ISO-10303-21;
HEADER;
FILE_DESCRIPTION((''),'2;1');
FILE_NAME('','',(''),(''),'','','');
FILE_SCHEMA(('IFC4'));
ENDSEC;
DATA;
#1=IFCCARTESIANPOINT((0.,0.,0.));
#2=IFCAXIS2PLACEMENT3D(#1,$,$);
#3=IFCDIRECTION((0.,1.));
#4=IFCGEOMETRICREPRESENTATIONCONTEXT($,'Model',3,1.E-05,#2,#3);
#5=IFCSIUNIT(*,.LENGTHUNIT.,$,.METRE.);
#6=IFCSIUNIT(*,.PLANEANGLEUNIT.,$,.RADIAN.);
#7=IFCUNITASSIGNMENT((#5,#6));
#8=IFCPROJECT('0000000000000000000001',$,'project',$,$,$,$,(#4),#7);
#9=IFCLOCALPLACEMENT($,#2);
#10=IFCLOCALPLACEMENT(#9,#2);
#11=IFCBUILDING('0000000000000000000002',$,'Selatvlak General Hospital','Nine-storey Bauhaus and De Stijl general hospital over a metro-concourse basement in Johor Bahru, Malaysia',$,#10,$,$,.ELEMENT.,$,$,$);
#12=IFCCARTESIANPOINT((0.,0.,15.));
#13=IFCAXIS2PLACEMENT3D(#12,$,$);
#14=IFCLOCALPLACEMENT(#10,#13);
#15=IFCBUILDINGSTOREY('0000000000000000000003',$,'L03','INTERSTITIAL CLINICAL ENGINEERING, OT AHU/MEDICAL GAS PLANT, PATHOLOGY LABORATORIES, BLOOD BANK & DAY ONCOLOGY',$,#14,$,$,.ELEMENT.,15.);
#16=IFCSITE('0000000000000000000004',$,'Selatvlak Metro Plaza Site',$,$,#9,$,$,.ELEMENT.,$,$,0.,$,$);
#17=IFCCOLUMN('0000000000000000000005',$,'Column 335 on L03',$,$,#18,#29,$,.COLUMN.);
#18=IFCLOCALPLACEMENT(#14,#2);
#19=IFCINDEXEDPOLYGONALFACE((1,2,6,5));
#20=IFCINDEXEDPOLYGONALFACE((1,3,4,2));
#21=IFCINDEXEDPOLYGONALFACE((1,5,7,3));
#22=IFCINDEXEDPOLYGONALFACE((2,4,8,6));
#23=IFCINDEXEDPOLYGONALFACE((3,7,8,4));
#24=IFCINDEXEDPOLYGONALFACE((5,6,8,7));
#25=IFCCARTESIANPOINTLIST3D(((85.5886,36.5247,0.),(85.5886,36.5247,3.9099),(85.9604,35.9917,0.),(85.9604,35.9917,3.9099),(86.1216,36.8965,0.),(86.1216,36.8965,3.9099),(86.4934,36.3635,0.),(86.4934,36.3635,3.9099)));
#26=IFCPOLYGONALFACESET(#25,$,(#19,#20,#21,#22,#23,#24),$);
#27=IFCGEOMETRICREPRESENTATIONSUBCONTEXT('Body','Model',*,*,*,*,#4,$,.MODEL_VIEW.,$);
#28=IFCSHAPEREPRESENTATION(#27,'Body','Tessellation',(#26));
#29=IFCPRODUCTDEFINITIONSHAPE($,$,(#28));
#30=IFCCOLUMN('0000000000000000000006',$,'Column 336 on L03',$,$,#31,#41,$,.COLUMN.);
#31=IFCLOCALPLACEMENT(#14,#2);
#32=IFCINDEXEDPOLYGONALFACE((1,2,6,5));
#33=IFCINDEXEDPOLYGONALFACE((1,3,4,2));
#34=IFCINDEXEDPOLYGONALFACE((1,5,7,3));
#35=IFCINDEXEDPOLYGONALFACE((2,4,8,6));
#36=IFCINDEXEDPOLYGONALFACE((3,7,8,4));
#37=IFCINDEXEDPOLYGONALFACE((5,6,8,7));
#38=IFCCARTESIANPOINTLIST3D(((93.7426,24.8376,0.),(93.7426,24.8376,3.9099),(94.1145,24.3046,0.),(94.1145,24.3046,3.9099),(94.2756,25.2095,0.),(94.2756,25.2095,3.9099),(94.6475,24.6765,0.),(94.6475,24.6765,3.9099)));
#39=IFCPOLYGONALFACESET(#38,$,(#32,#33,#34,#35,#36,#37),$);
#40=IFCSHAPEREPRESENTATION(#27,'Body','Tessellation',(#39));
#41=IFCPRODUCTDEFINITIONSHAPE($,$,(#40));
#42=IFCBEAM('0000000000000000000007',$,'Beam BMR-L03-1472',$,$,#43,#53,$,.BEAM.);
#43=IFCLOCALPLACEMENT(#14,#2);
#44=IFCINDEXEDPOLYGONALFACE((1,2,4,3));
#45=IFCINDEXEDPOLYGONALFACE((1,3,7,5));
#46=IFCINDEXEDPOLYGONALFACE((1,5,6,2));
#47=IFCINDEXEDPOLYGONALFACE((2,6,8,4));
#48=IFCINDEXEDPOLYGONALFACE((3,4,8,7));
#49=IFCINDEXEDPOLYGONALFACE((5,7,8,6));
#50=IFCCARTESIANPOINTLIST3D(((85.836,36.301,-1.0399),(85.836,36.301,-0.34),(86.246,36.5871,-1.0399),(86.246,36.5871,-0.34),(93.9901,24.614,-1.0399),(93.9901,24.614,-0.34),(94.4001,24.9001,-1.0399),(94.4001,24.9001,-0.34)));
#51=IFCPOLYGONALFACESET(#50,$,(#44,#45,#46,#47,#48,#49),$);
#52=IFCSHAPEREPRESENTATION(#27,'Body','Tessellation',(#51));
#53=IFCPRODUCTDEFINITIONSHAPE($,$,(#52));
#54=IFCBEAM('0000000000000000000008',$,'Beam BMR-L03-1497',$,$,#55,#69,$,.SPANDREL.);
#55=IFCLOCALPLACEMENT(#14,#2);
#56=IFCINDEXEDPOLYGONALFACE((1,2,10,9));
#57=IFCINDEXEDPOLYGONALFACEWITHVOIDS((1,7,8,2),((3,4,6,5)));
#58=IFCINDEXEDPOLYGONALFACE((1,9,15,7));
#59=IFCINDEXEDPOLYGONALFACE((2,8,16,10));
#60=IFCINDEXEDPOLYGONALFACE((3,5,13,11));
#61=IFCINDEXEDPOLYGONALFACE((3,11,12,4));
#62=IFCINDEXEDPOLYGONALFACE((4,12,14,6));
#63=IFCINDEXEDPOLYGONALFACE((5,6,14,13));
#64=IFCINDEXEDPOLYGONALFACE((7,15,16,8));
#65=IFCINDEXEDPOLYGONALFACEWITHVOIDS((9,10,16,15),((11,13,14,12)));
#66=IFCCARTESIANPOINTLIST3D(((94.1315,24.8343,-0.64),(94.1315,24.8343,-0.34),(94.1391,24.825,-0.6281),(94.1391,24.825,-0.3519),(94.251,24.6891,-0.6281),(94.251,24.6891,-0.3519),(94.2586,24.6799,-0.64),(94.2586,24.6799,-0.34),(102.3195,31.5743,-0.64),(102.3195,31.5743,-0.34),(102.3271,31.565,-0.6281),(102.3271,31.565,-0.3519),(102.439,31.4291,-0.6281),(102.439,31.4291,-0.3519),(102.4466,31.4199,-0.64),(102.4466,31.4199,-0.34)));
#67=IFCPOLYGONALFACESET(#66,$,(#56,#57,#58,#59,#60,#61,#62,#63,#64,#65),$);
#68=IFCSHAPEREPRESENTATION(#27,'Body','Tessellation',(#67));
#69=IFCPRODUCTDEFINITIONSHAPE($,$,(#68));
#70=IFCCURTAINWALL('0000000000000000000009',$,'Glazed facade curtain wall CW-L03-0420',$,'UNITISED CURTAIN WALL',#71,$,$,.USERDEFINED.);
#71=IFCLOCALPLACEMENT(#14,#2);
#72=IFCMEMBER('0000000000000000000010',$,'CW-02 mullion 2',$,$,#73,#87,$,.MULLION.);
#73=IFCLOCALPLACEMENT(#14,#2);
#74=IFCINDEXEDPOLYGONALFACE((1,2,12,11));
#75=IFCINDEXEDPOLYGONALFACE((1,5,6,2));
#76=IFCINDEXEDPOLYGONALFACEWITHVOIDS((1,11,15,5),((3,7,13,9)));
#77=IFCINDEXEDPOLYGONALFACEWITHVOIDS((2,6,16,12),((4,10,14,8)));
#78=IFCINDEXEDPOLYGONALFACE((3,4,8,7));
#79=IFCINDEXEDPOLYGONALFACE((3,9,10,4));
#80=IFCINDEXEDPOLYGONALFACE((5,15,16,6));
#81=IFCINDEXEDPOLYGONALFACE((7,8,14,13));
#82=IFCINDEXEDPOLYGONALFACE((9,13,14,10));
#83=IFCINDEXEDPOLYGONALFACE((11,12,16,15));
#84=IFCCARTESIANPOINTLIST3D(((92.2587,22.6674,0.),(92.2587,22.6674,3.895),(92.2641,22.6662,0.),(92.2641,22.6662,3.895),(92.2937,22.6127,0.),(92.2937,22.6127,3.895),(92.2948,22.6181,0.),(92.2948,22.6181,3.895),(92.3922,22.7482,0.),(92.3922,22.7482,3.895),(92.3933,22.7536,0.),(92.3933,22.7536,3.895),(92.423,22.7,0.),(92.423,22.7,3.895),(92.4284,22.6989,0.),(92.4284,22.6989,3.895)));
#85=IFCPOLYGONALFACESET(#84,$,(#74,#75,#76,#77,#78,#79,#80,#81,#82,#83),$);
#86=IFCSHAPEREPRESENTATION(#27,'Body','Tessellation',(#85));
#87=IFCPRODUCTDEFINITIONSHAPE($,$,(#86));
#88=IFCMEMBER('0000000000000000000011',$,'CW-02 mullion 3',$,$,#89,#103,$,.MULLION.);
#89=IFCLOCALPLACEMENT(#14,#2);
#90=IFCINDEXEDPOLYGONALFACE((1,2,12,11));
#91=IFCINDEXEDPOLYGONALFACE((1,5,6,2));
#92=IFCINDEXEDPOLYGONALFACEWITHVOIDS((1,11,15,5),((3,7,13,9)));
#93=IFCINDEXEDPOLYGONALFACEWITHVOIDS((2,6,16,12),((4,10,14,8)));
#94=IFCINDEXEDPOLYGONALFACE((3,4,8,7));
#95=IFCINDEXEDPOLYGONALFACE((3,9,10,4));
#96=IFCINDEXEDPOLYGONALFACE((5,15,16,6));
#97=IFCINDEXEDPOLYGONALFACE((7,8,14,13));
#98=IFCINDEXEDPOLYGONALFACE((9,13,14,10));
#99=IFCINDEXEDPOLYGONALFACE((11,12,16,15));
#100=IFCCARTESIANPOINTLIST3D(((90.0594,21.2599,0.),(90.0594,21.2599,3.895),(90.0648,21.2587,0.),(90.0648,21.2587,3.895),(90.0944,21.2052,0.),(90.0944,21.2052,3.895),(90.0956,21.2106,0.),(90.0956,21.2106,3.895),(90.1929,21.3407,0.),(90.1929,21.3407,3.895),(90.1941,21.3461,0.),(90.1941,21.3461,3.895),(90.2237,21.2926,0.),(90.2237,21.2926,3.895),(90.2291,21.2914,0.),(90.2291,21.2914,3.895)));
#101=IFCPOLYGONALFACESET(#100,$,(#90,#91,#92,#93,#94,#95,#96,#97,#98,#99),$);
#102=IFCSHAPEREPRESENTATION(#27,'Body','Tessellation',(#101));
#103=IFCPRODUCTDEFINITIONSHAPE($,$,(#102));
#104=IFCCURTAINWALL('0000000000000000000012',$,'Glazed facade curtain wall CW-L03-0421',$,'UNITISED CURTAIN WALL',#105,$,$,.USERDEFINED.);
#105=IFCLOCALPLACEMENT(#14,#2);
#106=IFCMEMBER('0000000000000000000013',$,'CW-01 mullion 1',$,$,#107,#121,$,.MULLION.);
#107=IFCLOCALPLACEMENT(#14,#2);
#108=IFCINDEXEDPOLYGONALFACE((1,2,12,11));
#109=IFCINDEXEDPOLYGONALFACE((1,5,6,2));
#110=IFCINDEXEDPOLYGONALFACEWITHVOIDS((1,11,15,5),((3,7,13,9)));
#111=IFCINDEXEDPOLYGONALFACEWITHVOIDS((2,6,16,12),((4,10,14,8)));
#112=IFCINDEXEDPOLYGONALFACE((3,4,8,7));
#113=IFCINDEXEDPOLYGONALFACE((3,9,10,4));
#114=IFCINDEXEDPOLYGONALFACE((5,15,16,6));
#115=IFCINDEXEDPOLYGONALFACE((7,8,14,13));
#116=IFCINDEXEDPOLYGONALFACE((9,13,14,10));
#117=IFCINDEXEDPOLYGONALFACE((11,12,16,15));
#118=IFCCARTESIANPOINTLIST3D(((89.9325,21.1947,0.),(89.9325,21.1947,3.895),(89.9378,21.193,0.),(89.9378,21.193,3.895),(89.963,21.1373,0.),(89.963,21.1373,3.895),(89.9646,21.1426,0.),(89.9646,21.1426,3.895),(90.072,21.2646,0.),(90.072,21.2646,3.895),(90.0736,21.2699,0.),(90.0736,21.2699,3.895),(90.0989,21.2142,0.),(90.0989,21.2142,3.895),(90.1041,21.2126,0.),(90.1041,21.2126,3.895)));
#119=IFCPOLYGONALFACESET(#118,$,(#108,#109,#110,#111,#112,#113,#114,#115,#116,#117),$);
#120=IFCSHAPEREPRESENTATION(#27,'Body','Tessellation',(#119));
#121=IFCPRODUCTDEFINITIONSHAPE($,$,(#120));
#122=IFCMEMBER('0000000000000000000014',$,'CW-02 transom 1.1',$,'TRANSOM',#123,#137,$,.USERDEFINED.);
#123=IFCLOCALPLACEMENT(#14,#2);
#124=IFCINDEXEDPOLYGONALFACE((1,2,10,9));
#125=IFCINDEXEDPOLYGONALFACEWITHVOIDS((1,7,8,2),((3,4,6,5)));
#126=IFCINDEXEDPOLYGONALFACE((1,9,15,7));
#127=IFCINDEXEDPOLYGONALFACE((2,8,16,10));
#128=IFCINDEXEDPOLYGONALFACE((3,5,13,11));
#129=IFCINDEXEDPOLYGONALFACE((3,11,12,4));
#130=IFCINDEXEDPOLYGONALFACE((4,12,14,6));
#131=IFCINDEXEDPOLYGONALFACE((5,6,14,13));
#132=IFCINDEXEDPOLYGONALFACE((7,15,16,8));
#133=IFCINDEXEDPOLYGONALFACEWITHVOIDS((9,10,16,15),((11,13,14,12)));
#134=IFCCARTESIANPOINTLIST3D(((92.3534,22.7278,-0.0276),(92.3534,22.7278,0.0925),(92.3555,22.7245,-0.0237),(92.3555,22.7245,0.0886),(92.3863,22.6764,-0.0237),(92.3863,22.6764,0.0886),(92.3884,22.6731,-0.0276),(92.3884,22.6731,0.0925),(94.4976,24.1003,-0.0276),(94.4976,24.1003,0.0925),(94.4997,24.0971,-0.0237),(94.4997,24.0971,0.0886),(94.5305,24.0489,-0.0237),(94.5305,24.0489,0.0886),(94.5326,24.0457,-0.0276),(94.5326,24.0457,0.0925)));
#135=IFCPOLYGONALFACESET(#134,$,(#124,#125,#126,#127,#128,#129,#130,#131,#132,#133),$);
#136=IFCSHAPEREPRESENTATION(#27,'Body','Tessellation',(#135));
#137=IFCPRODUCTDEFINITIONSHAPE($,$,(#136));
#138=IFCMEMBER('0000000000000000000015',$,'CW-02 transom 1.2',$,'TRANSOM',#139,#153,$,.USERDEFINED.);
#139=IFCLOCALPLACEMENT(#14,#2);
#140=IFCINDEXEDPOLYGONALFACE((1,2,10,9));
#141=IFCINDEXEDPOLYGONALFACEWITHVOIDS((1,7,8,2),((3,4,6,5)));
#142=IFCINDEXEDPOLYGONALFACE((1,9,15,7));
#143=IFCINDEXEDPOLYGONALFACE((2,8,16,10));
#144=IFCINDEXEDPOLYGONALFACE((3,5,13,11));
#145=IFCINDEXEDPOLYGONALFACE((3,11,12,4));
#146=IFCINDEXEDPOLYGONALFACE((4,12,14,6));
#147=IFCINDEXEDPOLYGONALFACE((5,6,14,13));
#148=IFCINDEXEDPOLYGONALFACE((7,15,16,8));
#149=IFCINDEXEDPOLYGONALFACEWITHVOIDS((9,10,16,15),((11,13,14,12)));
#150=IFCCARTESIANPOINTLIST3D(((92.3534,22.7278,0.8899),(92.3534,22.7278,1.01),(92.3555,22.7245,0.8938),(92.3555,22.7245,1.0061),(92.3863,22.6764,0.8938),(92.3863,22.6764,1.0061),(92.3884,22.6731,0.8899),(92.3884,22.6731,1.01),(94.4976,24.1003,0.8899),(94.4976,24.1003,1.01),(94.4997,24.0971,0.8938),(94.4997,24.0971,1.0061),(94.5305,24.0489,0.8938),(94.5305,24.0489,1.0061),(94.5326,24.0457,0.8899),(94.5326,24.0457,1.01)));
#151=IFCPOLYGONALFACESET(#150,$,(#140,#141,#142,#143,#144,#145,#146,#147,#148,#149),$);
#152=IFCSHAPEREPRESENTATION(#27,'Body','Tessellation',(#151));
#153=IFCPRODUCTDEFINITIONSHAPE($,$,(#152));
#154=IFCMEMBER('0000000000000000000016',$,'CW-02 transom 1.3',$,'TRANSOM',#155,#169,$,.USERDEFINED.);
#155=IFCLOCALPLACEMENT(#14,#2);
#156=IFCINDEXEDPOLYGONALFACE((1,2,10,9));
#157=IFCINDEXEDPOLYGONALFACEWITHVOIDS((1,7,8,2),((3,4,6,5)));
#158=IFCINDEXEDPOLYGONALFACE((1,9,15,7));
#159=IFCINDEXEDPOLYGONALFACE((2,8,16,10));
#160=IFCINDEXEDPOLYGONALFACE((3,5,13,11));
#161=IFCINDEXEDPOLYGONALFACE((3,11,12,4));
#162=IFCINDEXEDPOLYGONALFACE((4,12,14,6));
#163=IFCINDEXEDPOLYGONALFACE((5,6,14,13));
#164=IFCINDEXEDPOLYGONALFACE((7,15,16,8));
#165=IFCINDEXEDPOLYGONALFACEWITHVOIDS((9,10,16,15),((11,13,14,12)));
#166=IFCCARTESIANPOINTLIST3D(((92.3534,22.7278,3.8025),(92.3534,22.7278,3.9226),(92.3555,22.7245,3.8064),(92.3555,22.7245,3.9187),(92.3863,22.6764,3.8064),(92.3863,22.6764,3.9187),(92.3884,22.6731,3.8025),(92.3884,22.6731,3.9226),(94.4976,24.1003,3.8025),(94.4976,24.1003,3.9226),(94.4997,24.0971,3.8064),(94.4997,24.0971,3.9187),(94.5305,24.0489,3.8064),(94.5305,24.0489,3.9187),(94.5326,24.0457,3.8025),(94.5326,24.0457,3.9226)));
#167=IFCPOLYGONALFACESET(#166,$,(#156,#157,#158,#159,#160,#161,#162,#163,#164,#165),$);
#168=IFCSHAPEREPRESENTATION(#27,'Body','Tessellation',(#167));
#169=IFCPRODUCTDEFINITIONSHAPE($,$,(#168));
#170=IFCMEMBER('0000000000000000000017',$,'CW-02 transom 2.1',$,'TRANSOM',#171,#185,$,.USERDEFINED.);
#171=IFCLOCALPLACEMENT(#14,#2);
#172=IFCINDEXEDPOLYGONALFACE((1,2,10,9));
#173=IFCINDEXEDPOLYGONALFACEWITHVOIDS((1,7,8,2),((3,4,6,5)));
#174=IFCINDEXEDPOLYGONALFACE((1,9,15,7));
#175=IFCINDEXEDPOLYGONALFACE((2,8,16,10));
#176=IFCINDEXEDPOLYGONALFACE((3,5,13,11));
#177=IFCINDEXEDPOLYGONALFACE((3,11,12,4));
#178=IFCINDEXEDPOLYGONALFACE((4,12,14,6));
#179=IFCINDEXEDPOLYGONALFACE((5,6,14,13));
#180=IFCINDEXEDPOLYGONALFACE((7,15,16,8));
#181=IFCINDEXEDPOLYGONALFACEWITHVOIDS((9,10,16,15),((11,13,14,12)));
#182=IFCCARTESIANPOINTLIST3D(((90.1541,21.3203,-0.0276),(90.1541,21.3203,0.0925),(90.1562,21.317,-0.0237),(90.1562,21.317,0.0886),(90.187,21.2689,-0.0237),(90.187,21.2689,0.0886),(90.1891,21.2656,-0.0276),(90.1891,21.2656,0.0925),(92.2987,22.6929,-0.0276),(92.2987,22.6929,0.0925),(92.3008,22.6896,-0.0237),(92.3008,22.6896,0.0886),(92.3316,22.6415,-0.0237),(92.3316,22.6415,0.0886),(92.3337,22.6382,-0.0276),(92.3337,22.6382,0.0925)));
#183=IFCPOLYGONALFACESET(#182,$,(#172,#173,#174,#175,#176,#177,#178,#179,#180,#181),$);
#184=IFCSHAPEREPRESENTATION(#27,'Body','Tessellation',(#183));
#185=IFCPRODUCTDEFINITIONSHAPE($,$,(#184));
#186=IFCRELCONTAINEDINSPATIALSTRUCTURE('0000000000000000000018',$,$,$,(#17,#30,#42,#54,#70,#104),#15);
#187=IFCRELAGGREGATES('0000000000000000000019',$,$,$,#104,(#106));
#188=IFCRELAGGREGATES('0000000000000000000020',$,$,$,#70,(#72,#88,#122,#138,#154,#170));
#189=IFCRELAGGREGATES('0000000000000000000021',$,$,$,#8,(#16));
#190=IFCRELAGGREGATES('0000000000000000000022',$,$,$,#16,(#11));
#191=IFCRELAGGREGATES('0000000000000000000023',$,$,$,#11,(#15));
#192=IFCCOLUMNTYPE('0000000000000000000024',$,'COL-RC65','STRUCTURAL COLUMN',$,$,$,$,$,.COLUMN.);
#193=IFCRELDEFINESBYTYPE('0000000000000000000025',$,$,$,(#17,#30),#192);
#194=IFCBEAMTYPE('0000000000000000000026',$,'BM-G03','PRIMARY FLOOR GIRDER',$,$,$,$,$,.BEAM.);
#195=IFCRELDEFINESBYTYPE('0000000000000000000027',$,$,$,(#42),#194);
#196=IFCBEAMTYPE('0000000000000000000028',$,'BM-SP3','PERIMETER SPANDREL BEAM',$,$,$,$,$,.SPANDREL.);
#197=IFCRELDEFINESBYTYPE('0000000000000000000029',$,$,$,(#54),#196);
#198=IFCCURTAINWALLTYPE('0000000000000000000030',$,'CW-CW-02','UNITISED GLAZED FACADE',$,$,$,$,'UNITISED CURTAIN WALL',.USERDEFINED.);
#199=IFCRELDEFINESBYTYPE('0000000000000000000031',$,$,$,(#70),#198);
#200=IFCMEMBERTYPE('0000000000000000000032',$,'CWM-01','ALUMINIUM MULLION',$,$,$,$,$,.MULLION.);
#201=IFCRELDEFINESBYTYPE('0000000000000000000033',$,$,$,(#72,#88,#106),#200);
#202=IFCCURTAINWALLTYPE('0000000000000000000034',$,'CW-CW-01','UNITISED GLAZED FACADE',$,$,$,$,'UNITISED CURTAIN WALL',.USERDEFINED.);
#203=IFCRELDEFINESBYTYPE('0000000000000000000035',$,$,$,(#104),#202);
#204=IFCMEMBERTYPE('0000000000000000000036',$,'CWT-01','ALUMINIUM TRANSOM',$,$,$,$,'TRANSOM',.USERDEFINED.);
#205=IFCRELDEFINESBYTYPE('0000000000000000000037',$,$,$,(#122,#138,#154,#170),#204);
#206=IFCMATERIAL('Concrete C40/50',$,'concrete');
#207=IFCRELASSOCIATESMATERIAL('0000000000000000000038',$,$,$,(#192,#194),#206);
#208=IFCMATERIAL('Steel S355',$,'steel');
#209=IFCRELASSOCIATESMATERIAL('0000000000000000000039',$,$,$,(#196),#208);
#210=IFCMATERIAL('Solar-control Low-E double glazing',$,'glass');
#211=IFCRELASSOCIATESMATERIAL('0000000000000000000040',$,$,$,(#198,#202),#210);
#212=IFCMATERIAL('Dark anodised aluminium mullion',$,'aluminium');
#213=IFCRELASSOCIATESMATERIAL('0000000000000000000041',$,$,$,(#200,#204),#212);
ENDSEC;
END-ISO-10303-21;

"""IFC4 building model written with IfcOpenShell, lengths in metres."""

from ifc_helpers import new_model, si_unit, direction, frame, origin, origin_2d, place, context, subcontext, project, spatial, rectangle, hollow_rectangle, extrude, material, material_profile, profile_set, type_object, element, aggregate, save


model = new_model("IFC4")

# Units and contexts
model_context = context("Model", 3, precision=1e-05, world=origin(), true_north=direction((0.0, 1.0)))
body_context = subcontext(model_context, "Body", "Model", "MODEL_VIEW")
ifc_project = project(units=[si_unit("LENGTHUNIT", "METRE"), si_unit("PLANEANGLEUNIT", "RADIAN")], contexts=[model_context])

# Site, building, storey
site_placement = place(None, origin())
site = spatial("IfcSite", under=ifc_project, at=site_placement, Name="Selatvlak Metro Plaza Site", CompositionType="ELEMENT", RefElevation=0.0)
building_placement = place(site_placement, origin())
building = spatial("IfcBuilding", under=site, at=building_placement, Name="Selatvlak General Hospital", Description="Nine-storey Bauhaus and De Stijl general hospital over a metro-concourse basement in Johor Bahru, Malaysia", CompositionType="ELEMENT")
storey_placement = place(building_placement, frame((0.0, 0.0, 15.0)))
storey = spatial("IfcBuildingStorey", under=building, at=storey_placement, Name="L03", Description="INTERSTITIAL CLINICAL ENGINEERING, OT AHU/MEDICAL GAS PLANT, PATHOLOGY LABORATORIES, BLOOD BANK & DAY ONCOLOGY", CompositionType="ELEMENT", Elevation=15.0)

# Columns
ifc_material_1 = material(Name="Concrete C40/50", Category="concrete")
ifc_material_profile_1 = material_profile(ifc_material_1, rectangle(XDim=0.6499, YDim=0.6499, at=origin_2d()), Name="RC-COL 650x650")
ifc_profile_set_1 = profile_set([ifc_material_profile_1], Name="Concrete C40/50")
column_type = type_object("IfcColumnType", Name="COL-RC65", Description="STRUCTURAL COLUMN", PredefinedType="COLUMN", material=ifc_profile_set_1)
for number, where, z_axis, x_axis, name in (
    (1, (86.041, 36.4441, 0.0), (0.0, 0.0, 1.0), (-0.572189, 0.820122, 0.0), "Column 335 on L03"),
    (2, (94.1951, 24.7571, 0.0), (0.0, 0.0, 1.0), (-0.572189, 0.820122, 0.0), "Column 336 on L03"),
):
    element("IfcColumn", number, at=place(storey_placement, frame(where, z_axis=z_axis, x_axis=x_axis)), inside=storey, type_object=column_type, Name=name, PredefinedType="COLUMN", context=body_context, shape_type="SweptSolid", body=[
        extrude(rectangle(XDim=0.6499, YDim=0.6499, at=origin_2d()), origin(), (0.0, 0.0, 1.0), 3.9099),
    ])

# Beams
ifc_material_profile_2 = material_profile(ifc_material_1, rectangle(XDim=0.5, YDim=0.7, at=origin_2d()), Name="RC-BM 500x700")
ifc_profile_set_2 = profile_set([ifc_material_profile_2], Name="Concrete C40/50")
beam_type_1 = type_object("IfcBeamType", Name="BM-G03", Description="PRIMARY FLOOR GIRDER", PredefinedType="BEAM", material=ifc_profile_set_2)
beam_1_placement = place(storey_placement, frame((86.041, 36.4441, -0.6899), z_axis=(0.572197, -0.820116, 0.0), x_axis=(0.820116, 0.572197, 0.0)))
element("IfcBeam", 3, at=beam_1_placement, inside=storey, type_object=beam_type_1, Name="Beam BMR-L03-1472", PredefinedType="BEAM", context=body_context, shape_type="SweptSolid", body=[
    extrude(rectangle(XDim=0.5, YDim=0.7, at=origin_2d()), origin(), (0.0, 0.0, 1.0), 14.2505),
])
ifc_material_2 = material(Name="Steel S355", Category="steel")
ifc_material_profile_3 = material_profile(ifc_material_2, hollow_rectangle(XDim=0.2, YDim=0.3, WallThickness=0.012, at=origin_2d()), Name="RHS 300x200x12")
ifc_profile_set_3 = profile_set([ifc_material_profile_3], Name="Steel S355")
beam_type_2 = type_object("IfcBeamType", Name="BM-SP3", Description="PERIMETER SPANDREL BEAM", PredefinedType="SPANDREL", material=ifc_profile_set_3)
beam_2_placement = place(storey_placement, frame((94.1951, 24.7571, -0.49), z_axis=(0.772072, 0.635535, 0.0), x_axis=(-0.635535, 0.772072, 0.0)))
element("IfcBeam", 4, at=beam_2_placement, inside=storey, type_object=beam_type_2, Name="Beam BMR-L03-1497", PredefinedType="SPANDREL", context=body_context, shape_type="SweptSolid", body=[
    extrude(hollow_rectangle(XDim=0.2, YDim=0.3, WallThickness=0.012, at=origin_2d()), origin(), (0.0, 0.0, 1.0), 10.6052),
])

# Curtain wall, members
ifc_material_3 = material(Name="Solar-control Low-E double glazing", Category="glass")
curtain_wall_type_1 = type_object("IfcCurtainWallType", Name="CW-CW-02", Description="UNITISED GLAZED FACADE", ElementType="UNITISED CURTAIN WALL", PredefinedType="USERDEFINED", material=ifc_material_3)
curtain_wall_1_placement = place(storey_placement, origin())
curtain_wall_1 = element("IfcCurtainWall", 5, at=curtain_wall_1_placement, inside=storey, type_object=curtain_wall_type_1, Name="Glazed facade curtain wall CW-L03-0420", ObjectType="UNITISED CURTAIN WALL", PredefinedType="USERDEFINED")
ifc_material_4 = material(Name="Dark anodised aluminium mullion", Category="aluminium")
ifc_material_profile_4 = material_profile(ifc_material_4, hollow_rectangle(XDim=0.0649, YDim=0.1599, WallThickness=0.0039, at=origin_2d()), Name="AL-MUL 65x160x4")
ifc_profile_set_4 = profile_set([ifc_material_profile_4], Name="Dark anodised aluminium mullion")
member_type_1 = type_object("IfcMemberType", Name="CWM-01", Description="ALUMINIUM MULLION", PredefinedType="MULLION", material=ifc_profile_set_4)
member_1_placement = place(storey_placement, frame((92.3435, 22.6831, 0.0), z_axis=(0.0, 0.0, 1.0), x_axis=(0.539064, -0.842265, 0.0)))
member_1 = element("IfcMember", 6, at=member_1_placement, type_object=member_type_1, Name="CW-02 mullion 2", PredefinedType="MULLION", context=body_context, shape_type="SweptSolid", body=[
    extrude(hollow_rectangle(XDim=0.0649, YDim=0.1599, WallThickness=0.0039, at=origin_2d()), origin(), (0.0, 0.0, 1.0), 3.895),
])
member_2_placement = place(storey_placement, frame((90.1443, 21.2756, 0.0), z_axis=(0.0, 0.0, 1.0), x_axis=(0.539064, -0.842265, 0.0)))
member_2 = element("IfcMember", 7, at=member_2_placement, type_object=member_type_1, Name="CW-02 mullion 3", PredefinedType="MULLION", context=body_context, shape_type="SweptSolid", body=[
    extrude(hollow_rectangle(XDim=0.0649, YDim=0.1599, WallThickness=0.0039, at=origin_2d()), origin(), (0.0, 0.0, 1.0), 3.895),
])

# Curtain wall, member
curtain_wall_type_2 = type_object("IfcCurtainWallType", Name="CW-CW-01", Description="UNITISED GLAZED FACADE", ElementType="UNITISED CURTAIN WALL", PredefinedType="USERDEFINED", material=ifc_material_3)
curtain_wall_2_placement = place(storey_placement, origin())
curtain_wall_2 = element("IfcCurtainWall", 8, at=curtain_wall_2_placement, inside=storey, type_object=curtain_wall_type_2, Name="Glazed facade curtain wall CW-L03-0421", ObjectType="UNITISED CURTAIN WALL", PredefinedType="USERDEFINED")
member_3_placement = place(storey_placement, frame((90.0183, 21.2036, 0.0), z_axis=(0.0, 0.0, 1.0), x_axis=(0.470451, -0.882426, 0.0)))
member_3 = element("IfcMember", 9, at=member_3_placement, type_object=member_type_1, Name="CW-01 mullion 1", PredefinedType="MULLION", context=body_context, shape_type="SweptSolid", body=[
    extrude(hollow_rectangle(XDim=0.0649, YDim=0.1599, WallThickness=0.0039, at=origin_2d()), origin(), (0.0, 0.0, 1.0), 3.895),
])

# Members
ifc_material_profile_5 = material_profile(ifc_material_4, hollow_rectangle(XDim=0.0649, YDim=0.1201, WallThickness=0.0039, at=origin_2d()), Name="AL-TRN 65x120x4")
ifc_profile_set_5 = profile_set([ifc_material_profile_5], Name="Dark anodised aluminium mullion")
member_type_2 = type_object("IfcMemberType", Name="CWT-01", Description="ALUMINIUM TRANSOM", ElementType="TRANSOM", PredefinedType="USERDEFINED", material=ifc_profile_set_5)
member_4_placement = place(storey_placement, frame((94.5151, 24.073, 0.0325), z_axis=(-0.842233, -0.539114, 0.0), x_axis=(0.539114, -0.842233, 0.0)))
member_4 = element("IfcMember", 10, at=member_4_placement, type_object=member_type_2, Name="CW-02 transom 1.1", ObjectType="TRANSOM", PredefinedType="USERDEFINED", context=body_context, shape_type="SweptSolid", body=[
    extrude(hollow_rectangle(XDim=0.0649, YDim=0.1201, WallThickness=0.0039, at=origin_2d()), origin(), (0.0, 0.0, 1.0), 2.5459),
])
member_5_placement = place(storey_placement, frame((94.5151, 24.073, 0.95), z_axis=(-0.842233, -0.539114, 0.0), x_axis=(0.539114, -0.842233, 0.0)))
member_5 = element("IfcMember", 11, at=member_5_placement, type_object=member_type_2, Name="CW-02 transom 1.2", ObjectType="TRANSOM", PredefinedType="USERDEFINED", context=body_context, shape_type="SweptSolid", body=[
    extrude(hollow_rectangle(XDim=0.0649, YDim=0.1201, WallThickness=0.0039, at=origin_2d()), origin(), (0.0, 0.0, 1.0), 2.5459),
])
member_6_placement = place(storey_placement, frame((94.5151, 24.073, 3.8625), z_axis=(-0.842233, -0.539114, 0.0), x_axis=(0.539114, -0.842233, 0.0)))
member_6 = element("IfcMember", 12, at=member_6_placement, type_object=member_type_2, Name="CW-02 transom 1.3", ObjectType="TRANSOM", PredefinedType="USERDEFINED", context=body_context, shape_type="SweptSolid", body=[
    extrude(hollow_rectangle(XDim=0.0649, YDim=0.1201, WallThickness=0.0039, at=origin_2d()), origin(), (0.0, 0.0, 1.0), 2.5459),
])
member_7_placement = place(storey_placement, frame((92.3162, 22.6655, 0.0325), z_axis=(-0.842261, -0.53907, 0.0), x_axis=(0.53907, -0.842261, 0.0)))
member_7 = element("IfcMember", 13, at=member_7_placement, type_object=member_type_2, Name="CW-02 transom 2.1", ObjectType="TRANSOM", PredefinedType="USERDEFINED", context=body_context, shape_type="SweptSolid", body=[
    extrude(hollow_rectangle(XDim=0.0649, YDim=0.1201, WallThickness=0.0039, at=origin_2d()), origin(), (0.0, 0.0, 1.0), 2.5461),
])
aggregate(curtain_wall_2, [member_3])

aggregate(curtain_wall_1, [member_1, member_2, member_4, member_5, member_6, member_7])

save(model, "model.ifc")
